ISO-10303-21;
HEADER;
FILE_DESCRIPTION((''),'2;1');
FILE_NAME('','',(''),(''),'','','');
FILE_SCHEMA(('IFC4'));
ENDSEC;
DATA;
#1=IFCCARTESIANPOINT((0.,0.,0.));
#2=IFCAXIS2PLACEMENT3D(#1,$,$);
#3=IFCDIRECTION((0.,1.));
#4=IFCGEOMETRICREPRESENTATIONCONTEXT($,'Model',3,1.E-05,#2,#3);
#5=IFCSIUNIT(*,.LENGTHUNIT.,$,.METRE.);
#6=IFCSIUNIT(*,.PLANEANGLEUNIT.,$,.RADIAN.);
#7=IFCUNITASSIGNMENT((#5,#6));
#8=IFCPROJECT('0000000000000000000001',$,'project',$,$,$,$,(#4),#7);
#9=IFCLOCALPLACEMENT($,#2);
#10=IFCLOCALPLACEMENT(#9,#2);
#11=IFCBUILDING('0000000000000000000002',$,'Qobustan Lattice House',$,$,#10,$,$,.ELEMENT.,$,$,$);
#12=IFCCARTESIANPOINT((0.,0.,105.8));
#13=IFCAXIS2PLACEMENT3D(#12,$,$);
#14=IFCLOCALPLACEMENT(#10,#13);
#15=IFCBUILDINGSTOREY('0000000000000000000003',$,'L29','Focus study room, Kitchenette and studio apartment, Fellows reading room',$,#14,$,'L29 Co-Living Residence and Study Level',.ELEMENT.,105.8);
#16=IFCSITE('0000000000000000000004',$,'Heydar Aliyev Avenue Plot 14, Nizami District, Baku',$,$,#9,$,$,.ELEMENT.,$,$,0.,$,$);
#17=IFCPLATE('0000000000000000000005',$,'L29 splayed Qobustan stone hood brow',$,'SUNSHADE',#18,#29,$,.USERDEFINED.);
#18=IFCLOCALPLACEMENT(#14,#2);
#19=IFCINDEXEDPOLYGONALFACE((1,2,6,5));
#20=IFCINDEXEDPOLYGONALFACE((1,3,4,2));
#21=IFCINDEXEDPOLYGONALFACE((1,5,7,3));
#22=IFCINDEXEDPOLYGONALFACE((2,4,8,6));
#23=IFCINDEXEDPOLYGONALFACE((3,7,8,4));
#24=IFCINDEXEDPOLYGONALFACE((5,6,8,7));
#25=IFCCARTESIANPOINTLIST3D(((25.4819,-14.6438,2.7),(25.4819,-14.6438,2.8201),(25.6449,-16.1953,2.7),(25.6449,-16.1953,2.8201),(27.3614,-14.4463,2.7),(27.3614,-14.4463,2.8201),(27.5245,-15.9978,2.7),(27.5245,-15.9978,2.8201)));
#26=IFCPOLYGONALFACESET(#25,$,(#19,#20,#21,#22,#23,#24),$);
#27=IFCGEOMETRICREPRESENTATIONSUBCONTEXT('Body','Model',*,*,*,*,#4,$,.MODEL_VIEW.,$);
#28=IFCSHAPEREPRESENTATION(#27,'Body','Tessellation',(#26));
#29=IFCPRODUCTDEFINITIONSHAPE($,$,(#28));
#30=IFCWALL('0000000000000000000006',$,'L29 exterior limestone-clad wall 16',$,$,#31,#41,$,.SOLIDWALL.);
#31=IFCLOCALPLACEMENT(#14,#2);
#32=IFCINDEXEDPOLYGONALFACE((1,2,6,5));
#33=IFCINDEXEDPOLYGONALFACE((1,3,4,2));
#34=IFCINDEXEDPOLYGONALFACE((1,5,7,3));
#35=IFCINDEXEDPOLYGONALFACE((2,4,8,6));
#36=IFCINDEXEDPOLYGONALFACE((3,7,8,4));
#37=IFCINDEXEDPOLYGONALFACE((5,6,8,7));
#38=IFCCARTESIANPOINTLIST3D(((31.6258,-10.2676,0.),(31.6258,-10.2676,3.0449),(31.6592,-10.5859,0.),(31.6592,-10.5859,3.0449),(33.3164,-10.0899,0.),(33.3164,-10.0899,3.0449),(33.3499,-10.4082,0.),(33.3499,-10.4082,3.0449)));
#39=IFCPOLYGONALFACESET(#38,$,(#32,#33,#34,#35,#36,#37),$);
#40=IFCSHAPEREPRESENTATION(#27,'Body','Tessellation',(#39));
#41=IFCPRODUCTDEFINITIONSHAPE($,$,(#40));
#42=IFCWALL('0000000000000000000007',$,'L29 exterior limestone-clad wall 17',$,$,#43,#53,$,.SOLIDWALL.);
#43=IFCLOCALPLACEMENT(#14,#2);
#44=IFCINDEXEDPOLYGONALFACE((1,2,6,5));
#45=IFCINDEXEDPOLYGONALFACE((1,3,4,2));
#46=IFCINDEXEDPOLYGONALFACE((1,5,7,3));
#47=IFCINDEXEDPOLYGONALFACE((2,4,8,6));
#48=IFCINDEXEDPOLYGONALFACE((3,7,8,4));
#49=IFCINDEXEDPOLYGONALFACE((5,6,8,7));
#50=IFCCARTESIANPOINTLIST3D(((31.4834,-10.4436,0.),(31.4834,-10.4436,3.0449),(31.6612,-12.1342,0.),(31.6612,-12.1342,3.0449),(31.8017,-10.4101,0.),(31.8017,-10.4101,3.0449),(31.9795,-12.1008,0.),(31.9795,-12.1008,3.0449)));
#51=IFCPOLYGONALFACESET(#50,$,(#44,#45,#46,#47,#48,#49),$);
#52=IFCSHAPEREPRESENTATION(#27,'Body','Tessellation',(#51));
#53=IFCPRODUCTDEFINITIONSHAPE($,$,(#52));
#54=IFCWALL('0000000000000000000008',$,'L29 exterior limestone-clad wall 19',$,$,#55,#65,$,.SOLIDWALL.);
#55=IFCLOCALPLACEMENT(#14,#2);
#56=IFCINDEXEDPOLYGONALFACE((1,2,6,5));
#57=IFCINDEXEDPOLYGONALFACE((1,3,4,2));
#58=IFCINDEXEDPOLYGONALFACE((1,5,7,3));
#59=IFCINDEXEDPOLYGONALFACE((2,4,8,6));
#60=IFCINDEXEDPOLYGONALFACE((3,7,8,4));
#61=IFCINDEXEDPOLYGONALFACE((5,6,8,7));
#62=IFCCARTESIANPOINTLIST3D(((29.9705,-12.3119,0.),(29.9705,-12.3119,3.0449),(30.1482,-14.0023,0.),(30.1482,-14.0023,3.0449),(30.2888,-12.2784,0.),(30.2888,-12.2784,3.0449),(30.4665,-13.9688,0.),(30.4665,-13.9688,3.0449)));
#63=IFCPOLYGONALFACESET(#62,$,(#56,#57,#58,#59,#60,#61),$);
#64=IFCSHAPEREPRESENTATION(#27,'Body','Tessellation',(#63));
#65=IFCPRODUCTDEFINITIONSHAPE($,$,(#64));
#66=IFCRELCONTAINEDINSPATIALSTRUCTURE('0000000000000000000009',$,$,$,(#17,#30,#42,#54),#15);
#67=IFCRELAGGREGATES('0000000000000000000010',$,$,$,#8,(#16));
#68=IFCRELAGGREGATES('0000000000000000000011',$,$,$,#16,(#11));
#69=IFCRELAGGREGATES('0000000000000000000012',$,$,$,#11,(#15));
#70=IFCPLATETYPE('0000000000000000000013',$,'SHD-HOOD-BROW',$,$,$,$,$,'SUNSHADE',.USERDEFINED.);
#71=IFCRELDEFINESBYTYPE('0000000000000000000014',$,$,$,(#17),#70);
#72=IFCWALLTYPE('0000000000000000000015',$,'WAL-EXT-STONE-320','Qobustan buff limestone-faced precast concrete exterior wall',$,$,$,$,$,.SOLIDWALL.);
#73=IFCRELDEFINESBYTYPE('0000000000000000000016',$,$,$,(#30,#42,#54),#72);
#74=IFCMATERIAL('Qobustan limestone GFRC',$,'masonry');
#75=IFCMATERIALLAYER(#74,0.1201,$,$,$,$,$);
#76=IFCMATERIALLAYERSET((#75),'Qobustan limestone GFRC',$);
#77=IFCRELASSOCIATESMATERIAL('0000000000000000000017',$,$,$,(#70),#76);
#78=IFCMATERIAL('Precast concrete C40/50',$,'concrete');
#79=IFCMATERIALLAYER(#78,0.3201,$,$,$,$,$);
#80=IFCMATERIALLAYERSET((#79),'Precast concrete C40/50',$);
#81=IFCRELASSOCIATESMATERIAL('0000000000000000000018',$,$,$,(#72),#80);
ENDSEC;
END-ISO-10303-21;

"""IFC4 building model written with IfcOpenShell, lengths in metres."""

from ifc_helpers import new_model, si_unit, direction, frame, frame_2d, origin, origin_2d, place, context, subcontext, project, spatial, rectangle, extrude, material, layer, layer_set, type_object, element, save


model = new_model("IFC4")

# Units and contexts
model_context = context("Model", 3, precision=1e-05, world=origin(), true_north=direction((0.0, 1.0)))
body_context = subcontext(model_context, "Body", "Model", "MODEL_VIEW")
ifc_project = project(units=[si_unit("LENGTHUNIT", "METRE"), si_unit("PLANEANGLEUNIT", "RADIAN")], contexts=[model_context])

# Site, building, storey
site_placement = place(None, origin())
site = spatial("IfcSite", under=ifc_project, at=site_placement, Name="Heydar Aliyev Avenue Plot 14, Nizami District, Baku", CompositionType="ELEMENT", RefElevation=0.0)
building_placement = place(site_placement, origin())
building = spatial("IfcBuilding", under=site, at=building_placement, Name="Qobustan Lattice House", CompositionType="ELEMENT")
storey_placement = place(building_placement, frame((0.0, 0.0, 105.8)))
storey = spatial("IfcBuildingStorey", under=building, at=storey_placement, Name="L29", Description="Focus study room, Kitchenette and studio apartment, Fellows reading room", LongName="L29 Co-Living Residence and Study Level", CompositionType="ELEMENT", Elevation=105.8)

# Plate
ifc_material_1 = material(Name="Qobustan limestone GFRC", Category="masonry")
ifc_layer_1 = layer(ifc_material_1, 0.1201)
ifc_layer_set_1 = layer_set([ifc_layer_1], Name="Qobustan limestone GFRC")
plate_type_1 = type_object("IfcPlateType", Name="SHD-HOOD-BROW", ElementType="SUNSHADE", PredefinedType="USERDEFINED", material=ifc_layer_set_1)
plate_1_placement = place(storey_placement, frame((26.5032, -15.3208, 2.7), z_axis=(0.0, 0.0, 1.0), x_axis=(-0.994522, -0.104528, 0.0)))
element("IfcPlate", 1, at=plate_1_placement, inside=storey, type_object=plate_type_1, Name="L29 splayed Qobustan stone hood brow", ObjectType="SUNSHADE", PredefinedType="USERDEFINED", context=body_context, shape_type="SweptSolid", body=[
    extrude(rectangle(XDim=1.8899, YDim=1.5601, at=origin_2d()), origin(), (0.0, 0.0, 1.0), 0.1201),
])

# Walls
ifc_material_2 = material(Name="Precast concrete C40/50", Category="concrete")
ifc_layer_2 = layer(ifc_material_2, 0.3201)
ifc_layer_set_2 = layer_set([ifc_layer_2], Name="Precast concrete C40/50")
wall_type = type_object("IfcWallType", Name="WAL-EXT-STONE-320", Description="Qobustan buff limestone-faced precast concrete exterior wall", PredefinedType="SOLIDWALL", material=ifc_layer_set_2)
for number, where, z_axis, x_axis, name in (
    (2, (33.3333, -10.249, 0.0), (0.0, 0.0, 1.0), (-0.99452, -0.10455, 0.0), "L29 exterior limestone-clad wall 16"),
    (3, (31.6426, -10.4268, 0.0), (0.0, 0.0, 1.0), (0.10455, -0.99452, 0.0), "L29 exterior limestone-clad wall 17"),
):
    element("IfcWall", number, at=place(storey_placement, frame(where, z_axis=z_axis, x_axis=x_axis)), inside=storey, type_object=wall_type, Name=name, PredefinedType="SOLIDWALL", context=body_context, shape_type="SweptSolid", body=[
        extrude(rectangle(XDim=1.7, YDim=0.3201, at=frame_2d((0.8501, 0.0))), origin(), (0.0, 0.0, 1.0), 3.0449),
    ])
wall_1_placement = place(storey_placement, frame((30.1296, -12.2952, 0.0), z_axis=(0.0, 0.0, 1.0), x_axis=(0.104565, -0.994518, 0.0)))
element("IfcWall", 4, at=wall_1_placement, inside=storey, type_object=wall_type, Name="L29 exterior limestone-clad wall 19", PredefinedType="SOLIDWALL", context=body_context, shape_type="SweptSolid", body=[
    extrude(rectangle(XDim=1.6997, YDim=0.3201, at=frame_2d((0.8499, 0.0))), origin(), (0.0, 0.0, 1.0), 3.0449),
])

save(model, "model.ifc")
